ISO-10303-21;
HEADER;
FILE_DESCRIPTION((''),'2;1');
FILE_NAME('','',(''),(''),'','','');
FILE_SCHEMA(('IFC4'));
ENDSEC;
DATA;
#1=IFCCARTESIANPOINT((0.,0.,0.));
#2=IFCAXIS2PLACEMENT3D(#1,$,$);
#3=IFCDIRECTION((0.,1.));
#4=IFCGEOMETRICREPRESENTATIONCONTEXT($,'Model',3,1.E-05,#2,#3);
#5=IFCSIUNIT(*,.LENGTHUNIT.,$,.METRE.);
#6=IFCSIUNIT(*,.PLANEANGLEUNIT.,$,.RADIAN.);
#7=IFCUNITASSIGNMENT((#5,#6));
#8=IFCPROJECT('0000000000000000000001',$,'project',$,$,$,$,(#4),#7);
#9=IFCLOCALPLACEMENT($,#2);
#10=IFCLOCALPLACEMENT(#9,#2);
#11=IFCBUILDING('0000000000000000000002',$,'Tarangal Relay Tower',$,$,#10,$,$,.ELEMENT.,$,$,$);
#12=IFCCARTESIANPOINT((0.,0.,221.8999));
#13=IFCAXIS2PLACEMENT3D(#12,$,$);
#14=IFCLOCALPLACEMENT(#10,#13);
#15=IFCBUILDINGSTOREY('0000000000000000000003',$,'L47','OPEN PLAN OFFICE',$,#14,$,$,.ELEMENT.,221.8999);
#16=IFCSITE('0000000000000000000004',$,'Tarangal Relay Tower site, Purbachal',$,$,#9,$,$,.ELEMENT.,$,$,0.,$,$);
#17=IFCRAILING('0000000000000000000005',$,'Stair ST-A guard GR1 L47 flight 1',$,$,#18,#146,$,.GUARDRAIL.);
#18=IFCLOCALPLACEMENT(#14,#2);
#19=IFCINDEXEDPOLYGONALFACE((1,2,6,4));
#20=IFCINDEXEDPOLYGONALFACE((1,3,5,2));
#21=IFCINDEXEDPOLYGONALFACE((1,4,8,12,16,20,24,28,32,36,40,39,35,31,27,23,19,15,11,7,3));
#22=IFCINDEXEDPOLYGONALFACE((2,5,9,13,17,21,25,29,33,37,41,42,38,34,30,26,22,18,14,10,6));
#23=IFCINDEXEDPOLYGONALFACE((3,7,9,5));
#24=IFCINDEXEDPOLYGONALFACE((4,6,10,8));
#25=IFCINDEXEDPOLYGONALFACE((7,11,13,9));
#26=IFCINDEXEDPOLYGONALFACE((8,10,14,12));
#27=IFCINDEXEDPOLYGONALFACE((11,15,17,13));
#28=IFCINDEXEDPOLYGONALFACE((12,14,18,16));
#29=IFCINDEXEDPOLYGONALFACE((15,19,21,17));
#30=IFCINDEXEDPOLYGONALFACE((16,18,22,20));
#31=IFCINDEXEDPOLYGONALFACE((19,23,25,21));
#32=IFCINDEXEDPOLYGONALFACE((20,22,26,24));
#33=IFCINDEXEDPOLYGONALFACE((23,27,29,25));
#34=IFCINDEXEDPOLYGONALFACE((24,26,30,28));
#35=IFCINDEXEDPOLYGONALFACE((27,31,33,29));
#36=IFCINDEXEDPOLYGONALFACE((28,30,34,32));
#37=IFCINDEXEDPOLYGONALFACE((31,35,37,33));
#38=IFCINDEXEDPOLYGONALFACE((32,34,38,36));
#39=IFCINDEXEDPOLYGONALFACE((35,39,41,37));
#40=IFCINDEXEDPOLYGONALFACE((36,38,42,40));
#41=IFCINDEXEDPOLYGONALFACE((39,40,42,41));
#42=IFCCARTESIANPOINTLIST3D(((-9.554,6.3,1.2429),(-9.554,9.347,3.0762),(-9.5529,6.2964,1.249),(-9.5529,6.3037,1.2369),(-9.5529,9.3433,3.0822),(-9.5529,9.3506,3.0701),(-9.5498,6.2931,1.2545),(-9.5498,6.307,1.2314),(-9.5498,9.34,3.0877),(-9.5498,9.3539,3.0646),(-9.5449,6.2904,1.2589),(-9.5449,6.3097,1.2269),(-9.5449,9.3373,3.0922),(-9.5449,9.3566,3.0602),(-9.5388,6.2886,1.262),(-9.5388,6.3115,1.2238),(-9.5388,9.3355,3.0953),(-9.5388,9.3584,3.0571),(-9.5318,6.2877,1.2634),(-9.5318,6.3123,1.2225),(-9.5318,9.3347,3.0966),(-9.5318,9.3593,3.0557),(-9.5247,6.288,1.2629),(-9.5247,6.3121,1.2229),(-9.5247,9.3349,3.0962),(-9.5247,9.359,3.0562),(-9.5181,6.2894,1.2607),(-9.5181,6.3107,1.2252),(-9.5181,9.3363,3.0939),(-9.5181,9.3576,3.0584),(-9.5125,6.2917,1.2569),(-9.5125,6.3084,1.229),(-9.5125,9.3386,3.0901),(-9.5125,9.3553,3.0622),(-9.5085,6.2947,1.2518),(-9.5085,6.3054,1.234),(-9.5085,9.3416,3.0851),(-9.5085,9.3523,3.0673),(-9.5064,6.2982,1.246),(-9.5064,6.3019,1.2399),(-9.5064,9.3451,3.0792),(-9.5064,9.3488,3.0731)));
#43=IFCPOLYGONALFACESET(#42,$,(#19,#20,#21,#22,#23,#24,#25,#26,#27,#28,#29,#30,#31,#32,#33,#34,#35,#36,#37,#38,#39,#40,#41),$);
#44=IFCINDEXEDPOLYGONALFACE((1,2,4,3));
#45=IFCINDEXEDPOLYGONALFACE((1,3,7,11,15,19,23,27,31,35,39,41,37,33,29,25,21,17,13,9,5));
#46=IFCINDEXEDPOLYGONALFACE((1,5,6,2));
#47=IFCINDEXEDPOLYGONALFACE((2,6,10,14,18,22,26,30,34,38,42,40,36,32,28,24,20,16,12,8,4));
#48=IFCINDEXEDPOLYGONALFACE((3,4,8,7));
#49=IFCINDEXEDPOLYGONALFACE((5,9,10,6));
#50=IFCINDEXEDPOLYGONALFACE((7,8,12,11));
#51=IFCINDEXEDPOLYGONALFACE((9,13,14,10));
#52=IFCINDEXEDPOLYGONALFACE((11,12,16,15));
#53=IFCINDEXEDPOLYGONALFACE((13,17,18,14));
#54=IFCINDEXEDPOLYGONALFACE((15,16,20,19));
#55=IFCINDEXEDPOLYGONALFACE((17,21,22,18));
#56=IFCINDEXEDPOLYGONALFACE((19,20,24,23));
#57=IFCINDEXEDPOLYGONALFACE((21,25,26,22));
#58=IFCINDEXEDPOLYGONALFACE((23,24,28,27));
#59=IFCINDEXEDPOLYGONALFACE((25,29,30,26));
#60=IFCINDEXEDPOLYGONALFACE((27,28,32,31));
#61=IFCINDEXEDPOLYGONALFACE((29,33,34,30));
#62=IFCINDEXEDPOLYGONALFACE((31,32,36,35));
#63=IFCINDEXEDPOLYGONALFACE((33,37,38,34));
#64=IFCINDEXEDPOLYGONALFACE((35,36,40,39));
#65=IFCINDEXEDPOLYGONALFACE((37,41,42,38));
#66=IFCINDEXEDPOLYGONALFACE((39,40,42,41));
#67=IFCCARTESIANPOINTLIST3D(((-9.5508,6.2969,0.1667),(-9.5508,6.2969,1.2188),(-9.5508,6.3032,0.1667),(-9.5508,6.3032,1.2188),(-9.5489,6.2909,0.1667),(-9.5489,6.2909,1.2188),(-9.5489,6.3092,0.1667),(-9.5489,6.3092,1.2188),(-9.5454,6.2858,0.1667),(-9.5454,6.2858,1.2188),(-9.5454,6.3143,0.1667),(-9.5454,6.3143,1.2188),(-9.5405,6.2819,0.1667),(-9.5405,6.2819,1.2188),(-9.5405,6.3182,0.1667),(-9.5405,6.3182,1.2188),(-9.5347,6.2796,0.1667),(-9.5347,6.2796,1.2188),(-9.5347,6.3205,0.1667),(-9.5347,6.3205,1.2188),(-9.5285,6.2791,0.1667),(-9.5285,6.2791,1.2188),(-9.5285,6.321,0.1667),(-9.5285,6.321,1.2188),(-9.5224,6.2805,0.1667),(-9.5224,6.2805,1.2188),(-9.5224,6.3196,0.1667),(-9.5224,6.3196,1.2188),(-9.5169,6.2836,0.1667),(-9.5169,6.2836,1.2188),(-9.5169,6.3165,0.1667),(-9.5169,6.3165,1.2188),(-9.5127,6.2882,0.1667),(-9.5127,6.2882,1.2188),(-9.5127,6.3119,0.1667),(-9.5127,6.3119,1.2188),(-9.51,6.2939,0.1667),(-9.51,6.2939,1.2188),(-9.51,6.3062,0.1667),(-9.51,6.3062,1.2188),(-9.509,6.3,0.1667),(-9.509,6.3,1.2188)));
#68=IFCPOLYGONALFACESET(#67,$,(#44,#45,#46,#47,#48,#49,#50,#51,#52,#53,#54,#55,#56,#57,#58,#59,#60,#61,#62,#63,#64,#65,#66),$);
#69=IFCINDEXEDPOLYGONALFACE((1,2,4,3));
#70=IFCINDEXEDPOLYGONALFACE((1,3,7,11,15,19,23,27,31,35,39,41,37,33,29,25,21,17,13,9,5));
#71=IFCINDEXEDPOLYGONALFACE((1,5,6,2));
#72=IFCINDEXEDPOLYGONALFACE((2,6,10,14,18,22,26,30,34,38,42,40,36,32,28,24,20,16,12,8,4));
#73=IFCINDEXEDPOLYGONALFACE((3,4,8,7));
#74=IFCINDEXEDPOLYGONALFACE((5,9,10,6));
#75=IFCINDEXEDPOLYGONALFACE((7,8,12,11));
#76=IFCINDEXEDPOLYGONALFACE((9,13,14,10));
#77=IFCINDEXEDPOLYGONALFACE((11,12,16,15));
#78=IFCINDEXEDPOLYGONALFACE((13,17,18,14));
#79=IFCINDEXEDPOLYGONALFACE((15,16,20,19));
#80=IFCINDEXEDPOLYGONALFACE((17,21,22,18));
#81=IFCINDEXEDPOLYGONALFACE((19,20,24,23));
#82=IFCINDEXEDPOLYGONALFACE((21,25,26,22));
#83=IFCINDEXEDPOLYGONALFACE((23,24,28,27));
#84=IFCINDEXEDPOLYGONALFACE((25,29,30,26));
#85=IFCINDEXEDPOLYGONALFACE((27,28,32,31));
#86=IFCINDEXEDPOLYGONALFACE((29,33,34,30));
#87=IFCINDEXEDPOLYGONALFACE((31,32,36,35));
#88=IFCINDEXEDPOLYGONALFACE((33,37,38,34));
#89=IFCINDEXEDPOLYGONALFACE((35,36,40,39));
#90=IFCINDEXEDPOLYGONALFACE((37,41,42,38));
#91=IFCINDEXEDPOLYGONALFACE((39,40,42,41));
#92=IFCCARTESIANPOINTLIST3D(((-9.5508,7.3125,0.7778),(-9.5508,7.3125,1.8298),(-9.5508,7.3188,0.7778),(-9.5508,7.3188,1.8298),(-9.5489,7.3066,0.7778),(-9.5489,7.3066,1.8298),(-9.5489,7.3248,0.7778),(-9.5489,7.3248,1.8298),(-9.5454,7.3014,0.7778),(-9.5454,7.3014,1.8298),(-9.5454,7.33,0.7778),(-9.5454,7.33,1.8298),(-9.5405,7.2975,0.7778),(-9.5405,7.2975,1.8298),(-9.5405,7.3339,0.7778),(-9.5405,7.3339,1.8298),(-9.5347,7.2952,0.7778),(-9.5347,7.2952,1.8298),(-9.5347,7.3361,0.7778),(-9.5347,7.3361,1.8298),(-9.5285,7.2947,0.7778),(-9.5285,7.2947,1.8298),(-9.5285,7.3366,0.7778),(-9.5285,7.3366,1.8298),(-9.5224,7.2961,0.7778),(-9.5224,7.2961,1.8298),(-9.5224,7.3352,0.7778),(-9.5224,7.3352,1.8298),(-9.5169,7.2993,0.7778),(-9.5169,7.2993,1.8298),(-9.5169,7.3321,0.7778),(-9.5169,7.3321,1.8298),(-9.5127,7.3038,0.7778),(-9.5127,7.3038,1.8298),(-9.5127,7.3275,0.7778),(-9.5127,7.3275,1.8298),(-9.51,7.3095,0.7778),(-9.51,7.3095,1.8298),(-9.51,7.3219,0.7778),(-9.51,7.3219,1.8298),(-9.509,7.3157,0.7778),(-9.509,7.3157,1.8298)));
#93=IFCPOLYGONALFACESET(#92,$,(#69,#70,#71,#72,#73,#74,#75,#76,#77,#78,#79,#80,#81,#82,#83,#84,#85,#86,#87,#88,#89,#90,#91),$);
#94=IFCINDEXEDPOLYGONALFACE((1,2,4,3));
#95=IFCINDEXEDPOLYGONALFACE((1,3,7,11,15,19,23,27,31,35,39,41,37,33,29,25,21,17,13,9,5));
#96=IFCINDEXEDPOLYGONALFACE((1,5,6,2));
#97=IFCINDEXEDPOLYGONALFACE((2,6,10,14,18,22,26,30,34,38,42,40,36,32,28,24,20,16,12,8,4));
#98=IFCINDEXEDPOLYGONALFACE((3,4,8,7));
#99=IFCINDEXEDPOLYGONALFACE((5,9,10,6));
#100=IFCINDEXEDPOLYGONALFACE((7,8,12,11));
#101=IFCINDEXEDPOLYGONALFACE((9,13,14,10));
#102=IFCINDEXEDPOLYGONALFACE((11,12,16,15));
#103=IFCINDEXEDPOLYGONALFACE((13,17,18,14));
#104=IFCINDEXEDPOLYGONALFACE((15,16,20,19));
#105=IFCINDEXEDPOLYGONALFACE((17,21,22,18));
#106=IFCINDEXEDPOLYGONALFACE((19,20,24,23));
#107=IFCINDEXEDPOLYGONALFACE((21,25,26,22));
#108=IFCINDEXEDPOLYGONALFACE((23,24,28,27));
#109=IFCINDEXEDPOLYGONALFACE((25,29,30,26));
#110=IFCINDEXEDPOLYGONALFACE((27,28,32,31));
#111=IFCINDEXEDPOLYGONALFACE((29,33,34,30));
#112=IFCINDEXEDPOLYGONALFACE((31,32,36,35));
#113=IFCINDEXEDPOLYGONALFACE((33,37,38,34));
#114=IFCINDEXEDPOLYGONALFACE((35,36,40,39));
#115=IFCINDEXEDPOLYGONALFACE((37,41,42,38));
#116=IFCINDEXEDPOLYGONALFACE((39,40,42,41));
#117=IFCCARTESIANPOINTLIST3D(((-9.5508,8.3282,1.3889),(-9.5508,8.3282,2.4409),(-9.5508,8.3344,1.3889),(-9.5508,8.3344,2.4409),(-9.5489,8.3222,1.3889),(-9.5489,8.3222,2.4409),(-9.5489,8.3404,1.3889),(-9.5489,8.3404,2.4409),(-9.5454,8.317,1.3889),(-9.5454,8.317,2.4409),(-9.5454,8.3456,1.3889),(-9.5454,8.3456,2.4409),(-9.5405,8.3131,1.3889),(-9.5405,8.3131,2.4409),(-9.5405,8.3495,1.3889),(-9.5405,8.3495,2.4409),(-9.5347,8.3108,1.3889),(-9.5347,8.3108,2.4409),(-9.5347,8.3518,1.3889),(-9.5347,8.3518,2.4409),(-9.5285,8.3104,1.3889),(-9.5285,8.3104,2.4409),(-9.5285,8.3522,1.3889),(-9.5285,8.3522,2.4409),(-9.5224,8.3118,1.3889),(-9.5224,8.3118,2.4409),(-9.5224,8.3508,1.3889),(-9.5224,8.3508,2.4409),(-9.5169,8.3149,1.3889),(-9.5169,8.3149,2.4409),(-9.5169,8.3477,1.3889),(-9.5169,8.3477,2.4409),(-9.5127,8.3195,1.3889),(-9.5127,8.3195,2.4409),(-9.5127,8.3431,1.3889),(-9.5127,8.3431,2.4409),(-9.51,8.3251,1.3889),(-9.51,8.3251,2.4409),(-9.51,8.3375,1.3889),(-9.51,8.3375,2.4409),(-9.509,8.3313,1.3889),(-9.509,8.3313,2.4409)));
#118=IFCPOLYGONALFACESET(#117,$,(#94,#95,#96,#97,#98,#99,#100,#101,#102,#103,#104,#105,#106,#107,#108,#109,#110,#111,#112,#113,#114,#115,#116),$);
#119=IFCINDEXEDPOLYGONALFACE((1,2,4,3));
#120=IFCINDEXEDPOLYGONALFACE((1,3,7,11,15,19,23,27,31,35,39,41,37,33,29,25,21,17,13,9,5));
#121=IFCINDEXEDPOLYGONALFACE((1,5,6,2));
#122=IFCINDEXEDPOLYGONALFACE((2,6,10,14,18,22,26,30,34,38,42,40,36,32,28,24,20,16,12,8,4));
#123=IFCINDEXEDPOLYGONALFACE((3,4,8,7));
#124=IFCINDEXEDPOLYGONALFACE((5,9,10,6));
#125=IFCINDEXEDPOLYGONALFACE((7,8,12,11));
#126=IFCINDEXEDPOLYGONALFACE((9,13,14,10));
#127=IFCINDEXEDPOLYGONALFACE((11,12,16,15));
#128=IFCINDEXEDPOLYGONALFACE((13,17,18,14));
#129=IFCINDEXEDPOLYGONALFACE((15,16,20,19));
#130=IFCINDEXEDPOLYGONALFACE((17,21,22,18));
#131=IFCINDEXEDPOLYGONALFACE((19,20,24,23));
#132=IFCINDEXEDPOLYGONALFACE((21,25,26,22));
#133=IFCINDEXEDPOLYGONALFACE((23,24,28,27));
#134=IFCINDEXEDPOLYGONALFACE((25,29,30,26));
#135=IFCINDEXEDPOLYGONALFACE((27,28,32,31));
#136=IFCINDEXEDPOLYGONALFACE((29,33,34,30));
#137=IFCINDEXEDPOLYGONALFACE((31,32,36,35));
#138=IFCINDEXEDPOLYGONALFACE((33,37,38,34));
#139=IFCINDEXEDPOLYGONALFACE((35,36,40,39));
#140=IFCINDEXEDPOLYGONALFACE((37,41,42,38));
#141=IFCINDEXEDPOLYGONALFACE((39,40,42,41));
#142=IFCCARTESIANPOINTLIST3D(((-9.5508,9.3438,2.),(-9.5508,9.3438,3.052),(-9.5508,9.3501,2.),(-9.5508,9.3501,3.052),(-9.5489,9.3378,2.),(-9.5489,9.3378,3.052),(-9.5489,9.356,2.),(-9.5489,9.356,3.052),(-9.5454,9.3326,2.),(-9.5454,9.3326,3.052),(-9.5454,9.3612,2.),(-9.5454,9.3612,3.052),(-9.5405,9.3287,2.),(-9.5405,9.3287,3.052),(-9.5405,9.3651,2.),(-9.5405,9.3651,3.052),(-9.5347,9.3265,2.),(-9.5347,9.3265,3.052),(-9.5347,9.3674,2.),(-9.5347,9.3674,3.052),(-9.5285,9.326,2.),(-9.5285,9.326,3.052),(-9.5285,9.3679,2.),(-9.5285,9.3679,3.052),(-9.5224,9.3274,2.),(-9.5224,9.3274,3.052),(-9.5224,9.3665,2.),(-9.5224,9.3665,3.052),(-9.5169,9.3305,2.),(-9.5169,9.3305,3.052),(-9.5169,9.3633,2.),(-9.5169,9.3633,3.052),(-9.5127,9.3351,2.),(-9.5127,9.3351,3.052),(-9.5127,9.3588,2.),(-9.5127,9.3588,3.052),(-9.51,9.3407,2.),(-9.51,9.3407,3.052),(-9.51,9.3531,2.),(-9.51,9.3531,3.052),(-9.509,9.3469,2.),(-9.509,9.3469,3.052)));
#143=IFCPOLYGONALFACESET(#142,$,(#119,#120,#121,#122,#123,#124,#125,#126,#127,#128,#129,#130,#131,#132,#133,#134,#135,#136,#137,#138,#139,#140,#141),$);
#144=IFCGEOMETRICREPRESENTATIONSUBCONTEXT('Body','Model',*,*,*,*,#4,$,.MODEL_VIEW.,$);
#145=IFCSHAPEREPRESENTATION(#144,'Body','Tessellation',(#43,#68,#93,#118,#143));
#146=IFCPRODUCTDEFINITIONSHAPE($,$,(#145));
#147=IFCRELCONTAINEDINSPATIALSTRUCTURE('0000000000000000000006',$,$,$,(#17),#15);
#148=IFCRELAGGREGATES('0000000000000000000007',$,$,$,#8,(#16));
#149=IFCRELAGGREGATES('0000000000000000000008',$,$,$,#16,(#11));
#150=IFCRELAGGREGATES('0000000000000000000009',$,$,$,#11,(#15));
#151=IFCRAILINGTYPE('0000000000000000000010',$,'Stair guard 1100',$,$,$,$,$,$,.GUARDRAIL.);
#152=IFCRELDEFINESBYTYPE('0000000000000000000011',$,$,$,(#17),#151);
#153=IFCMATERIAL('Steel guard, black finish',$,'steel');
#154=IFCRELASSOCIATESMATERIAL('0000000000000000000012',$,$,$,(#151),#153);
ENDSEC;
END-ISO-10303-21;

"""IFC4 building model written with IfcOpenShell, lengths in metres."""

from ifc_helpers import new_model, si_unit, direction, frame, origin, origin_2d, place, context, subcontext, project, spatial, circle, extrude, material, type_object, element, save


model = new_model("IFC4")

# Units and contexts
model_context = context("Model", 3, precision=1e-05, world=origin(), true_north=direction((0.0, 1.0)))
body_context = subcontext(model_context, "Body", "Model", "MODEL_VIEW")
ifc_project = project(units=[si_unit("LENGTHUNIT", "METRE"), si_unit("PLANEANGLEUNIT", "RADIAN")], contexts=[model_context])

# Site, building, storey
site_placement = place(None, origin())
site = spatial("IfcSite", under=ifc_project, at=site_placement, Name="Tarangal Relay Tower site, Purbachal", CompositionType="ELEMENT", RefElevation=0.0)
building_placement = place(site_placement, origin())
building = spatial("IfcBuilding", under=site, at=building_placement, Name="Tarangal Relay Tower", CompositionType="ELEMENT")
storey_placement = place(building_placement, frame((0.0, 0.0, 221.8999)))
storey = spatial("IfcBuildingStorey", under=building, at=storey_placement, Name="L47", Description="OPEN PLAN OFFICE", CompositionType="ELEMENT", Elevation=221.8999)

# Railing
ifc_material_1 = material(Name="Steel guard, black finish", Category="steel")
railing_type_1 = type_object("IfcRailingType", Name="Stair guard 1100", PredefinedType="GUARDRAIL", material=ifc_material_1)
railing_1_placement = place(storey_placement, frame((-9.53, 6.3, 0.1667)))
element("IfcRailing", 1, at=railing_1_placement, inside=storey, type_object=railing_type_1, Name="Stair ST-A guard GR1 L47 flight 1", PredefinedType="GUARDRAIL", context=body_context, shape_type="SweptSolid", body=[
    extrude(circle(Radius=0.0239, at=origin_2d()), frame((0.0, 0.0, 1.0762), z_axis=(0.0, 0.856856, 0.515556), x_axis=(-1.0, 0.0, 0.0)), (0.0, 0.0, 1.0), 3.5559),
    extrude(circle(Radius=0.021, at=origin_2d()), origin(), (0.0, 0.0, 1.0), 1.052),
    extrude(circle(Radius=0.021, at=origin_2d()), frame((0.0, 1.0156, 0.6111)), (0.0, 0.0, 1.0), 1.052),
    extrude(circle(Radius=0.021, at=origin_2d()), frame((0.0, 2.0312, 1.2222)), (0.0, 0.0, 1.0), 1.052),
    extrude(circle(Radius=0.021, at=origin_2d()), frame((0.0, 3.0469, 1.8333)), (0.0, 0.0, 1.0), 1.052),
])

save(model, "model.ifc")
